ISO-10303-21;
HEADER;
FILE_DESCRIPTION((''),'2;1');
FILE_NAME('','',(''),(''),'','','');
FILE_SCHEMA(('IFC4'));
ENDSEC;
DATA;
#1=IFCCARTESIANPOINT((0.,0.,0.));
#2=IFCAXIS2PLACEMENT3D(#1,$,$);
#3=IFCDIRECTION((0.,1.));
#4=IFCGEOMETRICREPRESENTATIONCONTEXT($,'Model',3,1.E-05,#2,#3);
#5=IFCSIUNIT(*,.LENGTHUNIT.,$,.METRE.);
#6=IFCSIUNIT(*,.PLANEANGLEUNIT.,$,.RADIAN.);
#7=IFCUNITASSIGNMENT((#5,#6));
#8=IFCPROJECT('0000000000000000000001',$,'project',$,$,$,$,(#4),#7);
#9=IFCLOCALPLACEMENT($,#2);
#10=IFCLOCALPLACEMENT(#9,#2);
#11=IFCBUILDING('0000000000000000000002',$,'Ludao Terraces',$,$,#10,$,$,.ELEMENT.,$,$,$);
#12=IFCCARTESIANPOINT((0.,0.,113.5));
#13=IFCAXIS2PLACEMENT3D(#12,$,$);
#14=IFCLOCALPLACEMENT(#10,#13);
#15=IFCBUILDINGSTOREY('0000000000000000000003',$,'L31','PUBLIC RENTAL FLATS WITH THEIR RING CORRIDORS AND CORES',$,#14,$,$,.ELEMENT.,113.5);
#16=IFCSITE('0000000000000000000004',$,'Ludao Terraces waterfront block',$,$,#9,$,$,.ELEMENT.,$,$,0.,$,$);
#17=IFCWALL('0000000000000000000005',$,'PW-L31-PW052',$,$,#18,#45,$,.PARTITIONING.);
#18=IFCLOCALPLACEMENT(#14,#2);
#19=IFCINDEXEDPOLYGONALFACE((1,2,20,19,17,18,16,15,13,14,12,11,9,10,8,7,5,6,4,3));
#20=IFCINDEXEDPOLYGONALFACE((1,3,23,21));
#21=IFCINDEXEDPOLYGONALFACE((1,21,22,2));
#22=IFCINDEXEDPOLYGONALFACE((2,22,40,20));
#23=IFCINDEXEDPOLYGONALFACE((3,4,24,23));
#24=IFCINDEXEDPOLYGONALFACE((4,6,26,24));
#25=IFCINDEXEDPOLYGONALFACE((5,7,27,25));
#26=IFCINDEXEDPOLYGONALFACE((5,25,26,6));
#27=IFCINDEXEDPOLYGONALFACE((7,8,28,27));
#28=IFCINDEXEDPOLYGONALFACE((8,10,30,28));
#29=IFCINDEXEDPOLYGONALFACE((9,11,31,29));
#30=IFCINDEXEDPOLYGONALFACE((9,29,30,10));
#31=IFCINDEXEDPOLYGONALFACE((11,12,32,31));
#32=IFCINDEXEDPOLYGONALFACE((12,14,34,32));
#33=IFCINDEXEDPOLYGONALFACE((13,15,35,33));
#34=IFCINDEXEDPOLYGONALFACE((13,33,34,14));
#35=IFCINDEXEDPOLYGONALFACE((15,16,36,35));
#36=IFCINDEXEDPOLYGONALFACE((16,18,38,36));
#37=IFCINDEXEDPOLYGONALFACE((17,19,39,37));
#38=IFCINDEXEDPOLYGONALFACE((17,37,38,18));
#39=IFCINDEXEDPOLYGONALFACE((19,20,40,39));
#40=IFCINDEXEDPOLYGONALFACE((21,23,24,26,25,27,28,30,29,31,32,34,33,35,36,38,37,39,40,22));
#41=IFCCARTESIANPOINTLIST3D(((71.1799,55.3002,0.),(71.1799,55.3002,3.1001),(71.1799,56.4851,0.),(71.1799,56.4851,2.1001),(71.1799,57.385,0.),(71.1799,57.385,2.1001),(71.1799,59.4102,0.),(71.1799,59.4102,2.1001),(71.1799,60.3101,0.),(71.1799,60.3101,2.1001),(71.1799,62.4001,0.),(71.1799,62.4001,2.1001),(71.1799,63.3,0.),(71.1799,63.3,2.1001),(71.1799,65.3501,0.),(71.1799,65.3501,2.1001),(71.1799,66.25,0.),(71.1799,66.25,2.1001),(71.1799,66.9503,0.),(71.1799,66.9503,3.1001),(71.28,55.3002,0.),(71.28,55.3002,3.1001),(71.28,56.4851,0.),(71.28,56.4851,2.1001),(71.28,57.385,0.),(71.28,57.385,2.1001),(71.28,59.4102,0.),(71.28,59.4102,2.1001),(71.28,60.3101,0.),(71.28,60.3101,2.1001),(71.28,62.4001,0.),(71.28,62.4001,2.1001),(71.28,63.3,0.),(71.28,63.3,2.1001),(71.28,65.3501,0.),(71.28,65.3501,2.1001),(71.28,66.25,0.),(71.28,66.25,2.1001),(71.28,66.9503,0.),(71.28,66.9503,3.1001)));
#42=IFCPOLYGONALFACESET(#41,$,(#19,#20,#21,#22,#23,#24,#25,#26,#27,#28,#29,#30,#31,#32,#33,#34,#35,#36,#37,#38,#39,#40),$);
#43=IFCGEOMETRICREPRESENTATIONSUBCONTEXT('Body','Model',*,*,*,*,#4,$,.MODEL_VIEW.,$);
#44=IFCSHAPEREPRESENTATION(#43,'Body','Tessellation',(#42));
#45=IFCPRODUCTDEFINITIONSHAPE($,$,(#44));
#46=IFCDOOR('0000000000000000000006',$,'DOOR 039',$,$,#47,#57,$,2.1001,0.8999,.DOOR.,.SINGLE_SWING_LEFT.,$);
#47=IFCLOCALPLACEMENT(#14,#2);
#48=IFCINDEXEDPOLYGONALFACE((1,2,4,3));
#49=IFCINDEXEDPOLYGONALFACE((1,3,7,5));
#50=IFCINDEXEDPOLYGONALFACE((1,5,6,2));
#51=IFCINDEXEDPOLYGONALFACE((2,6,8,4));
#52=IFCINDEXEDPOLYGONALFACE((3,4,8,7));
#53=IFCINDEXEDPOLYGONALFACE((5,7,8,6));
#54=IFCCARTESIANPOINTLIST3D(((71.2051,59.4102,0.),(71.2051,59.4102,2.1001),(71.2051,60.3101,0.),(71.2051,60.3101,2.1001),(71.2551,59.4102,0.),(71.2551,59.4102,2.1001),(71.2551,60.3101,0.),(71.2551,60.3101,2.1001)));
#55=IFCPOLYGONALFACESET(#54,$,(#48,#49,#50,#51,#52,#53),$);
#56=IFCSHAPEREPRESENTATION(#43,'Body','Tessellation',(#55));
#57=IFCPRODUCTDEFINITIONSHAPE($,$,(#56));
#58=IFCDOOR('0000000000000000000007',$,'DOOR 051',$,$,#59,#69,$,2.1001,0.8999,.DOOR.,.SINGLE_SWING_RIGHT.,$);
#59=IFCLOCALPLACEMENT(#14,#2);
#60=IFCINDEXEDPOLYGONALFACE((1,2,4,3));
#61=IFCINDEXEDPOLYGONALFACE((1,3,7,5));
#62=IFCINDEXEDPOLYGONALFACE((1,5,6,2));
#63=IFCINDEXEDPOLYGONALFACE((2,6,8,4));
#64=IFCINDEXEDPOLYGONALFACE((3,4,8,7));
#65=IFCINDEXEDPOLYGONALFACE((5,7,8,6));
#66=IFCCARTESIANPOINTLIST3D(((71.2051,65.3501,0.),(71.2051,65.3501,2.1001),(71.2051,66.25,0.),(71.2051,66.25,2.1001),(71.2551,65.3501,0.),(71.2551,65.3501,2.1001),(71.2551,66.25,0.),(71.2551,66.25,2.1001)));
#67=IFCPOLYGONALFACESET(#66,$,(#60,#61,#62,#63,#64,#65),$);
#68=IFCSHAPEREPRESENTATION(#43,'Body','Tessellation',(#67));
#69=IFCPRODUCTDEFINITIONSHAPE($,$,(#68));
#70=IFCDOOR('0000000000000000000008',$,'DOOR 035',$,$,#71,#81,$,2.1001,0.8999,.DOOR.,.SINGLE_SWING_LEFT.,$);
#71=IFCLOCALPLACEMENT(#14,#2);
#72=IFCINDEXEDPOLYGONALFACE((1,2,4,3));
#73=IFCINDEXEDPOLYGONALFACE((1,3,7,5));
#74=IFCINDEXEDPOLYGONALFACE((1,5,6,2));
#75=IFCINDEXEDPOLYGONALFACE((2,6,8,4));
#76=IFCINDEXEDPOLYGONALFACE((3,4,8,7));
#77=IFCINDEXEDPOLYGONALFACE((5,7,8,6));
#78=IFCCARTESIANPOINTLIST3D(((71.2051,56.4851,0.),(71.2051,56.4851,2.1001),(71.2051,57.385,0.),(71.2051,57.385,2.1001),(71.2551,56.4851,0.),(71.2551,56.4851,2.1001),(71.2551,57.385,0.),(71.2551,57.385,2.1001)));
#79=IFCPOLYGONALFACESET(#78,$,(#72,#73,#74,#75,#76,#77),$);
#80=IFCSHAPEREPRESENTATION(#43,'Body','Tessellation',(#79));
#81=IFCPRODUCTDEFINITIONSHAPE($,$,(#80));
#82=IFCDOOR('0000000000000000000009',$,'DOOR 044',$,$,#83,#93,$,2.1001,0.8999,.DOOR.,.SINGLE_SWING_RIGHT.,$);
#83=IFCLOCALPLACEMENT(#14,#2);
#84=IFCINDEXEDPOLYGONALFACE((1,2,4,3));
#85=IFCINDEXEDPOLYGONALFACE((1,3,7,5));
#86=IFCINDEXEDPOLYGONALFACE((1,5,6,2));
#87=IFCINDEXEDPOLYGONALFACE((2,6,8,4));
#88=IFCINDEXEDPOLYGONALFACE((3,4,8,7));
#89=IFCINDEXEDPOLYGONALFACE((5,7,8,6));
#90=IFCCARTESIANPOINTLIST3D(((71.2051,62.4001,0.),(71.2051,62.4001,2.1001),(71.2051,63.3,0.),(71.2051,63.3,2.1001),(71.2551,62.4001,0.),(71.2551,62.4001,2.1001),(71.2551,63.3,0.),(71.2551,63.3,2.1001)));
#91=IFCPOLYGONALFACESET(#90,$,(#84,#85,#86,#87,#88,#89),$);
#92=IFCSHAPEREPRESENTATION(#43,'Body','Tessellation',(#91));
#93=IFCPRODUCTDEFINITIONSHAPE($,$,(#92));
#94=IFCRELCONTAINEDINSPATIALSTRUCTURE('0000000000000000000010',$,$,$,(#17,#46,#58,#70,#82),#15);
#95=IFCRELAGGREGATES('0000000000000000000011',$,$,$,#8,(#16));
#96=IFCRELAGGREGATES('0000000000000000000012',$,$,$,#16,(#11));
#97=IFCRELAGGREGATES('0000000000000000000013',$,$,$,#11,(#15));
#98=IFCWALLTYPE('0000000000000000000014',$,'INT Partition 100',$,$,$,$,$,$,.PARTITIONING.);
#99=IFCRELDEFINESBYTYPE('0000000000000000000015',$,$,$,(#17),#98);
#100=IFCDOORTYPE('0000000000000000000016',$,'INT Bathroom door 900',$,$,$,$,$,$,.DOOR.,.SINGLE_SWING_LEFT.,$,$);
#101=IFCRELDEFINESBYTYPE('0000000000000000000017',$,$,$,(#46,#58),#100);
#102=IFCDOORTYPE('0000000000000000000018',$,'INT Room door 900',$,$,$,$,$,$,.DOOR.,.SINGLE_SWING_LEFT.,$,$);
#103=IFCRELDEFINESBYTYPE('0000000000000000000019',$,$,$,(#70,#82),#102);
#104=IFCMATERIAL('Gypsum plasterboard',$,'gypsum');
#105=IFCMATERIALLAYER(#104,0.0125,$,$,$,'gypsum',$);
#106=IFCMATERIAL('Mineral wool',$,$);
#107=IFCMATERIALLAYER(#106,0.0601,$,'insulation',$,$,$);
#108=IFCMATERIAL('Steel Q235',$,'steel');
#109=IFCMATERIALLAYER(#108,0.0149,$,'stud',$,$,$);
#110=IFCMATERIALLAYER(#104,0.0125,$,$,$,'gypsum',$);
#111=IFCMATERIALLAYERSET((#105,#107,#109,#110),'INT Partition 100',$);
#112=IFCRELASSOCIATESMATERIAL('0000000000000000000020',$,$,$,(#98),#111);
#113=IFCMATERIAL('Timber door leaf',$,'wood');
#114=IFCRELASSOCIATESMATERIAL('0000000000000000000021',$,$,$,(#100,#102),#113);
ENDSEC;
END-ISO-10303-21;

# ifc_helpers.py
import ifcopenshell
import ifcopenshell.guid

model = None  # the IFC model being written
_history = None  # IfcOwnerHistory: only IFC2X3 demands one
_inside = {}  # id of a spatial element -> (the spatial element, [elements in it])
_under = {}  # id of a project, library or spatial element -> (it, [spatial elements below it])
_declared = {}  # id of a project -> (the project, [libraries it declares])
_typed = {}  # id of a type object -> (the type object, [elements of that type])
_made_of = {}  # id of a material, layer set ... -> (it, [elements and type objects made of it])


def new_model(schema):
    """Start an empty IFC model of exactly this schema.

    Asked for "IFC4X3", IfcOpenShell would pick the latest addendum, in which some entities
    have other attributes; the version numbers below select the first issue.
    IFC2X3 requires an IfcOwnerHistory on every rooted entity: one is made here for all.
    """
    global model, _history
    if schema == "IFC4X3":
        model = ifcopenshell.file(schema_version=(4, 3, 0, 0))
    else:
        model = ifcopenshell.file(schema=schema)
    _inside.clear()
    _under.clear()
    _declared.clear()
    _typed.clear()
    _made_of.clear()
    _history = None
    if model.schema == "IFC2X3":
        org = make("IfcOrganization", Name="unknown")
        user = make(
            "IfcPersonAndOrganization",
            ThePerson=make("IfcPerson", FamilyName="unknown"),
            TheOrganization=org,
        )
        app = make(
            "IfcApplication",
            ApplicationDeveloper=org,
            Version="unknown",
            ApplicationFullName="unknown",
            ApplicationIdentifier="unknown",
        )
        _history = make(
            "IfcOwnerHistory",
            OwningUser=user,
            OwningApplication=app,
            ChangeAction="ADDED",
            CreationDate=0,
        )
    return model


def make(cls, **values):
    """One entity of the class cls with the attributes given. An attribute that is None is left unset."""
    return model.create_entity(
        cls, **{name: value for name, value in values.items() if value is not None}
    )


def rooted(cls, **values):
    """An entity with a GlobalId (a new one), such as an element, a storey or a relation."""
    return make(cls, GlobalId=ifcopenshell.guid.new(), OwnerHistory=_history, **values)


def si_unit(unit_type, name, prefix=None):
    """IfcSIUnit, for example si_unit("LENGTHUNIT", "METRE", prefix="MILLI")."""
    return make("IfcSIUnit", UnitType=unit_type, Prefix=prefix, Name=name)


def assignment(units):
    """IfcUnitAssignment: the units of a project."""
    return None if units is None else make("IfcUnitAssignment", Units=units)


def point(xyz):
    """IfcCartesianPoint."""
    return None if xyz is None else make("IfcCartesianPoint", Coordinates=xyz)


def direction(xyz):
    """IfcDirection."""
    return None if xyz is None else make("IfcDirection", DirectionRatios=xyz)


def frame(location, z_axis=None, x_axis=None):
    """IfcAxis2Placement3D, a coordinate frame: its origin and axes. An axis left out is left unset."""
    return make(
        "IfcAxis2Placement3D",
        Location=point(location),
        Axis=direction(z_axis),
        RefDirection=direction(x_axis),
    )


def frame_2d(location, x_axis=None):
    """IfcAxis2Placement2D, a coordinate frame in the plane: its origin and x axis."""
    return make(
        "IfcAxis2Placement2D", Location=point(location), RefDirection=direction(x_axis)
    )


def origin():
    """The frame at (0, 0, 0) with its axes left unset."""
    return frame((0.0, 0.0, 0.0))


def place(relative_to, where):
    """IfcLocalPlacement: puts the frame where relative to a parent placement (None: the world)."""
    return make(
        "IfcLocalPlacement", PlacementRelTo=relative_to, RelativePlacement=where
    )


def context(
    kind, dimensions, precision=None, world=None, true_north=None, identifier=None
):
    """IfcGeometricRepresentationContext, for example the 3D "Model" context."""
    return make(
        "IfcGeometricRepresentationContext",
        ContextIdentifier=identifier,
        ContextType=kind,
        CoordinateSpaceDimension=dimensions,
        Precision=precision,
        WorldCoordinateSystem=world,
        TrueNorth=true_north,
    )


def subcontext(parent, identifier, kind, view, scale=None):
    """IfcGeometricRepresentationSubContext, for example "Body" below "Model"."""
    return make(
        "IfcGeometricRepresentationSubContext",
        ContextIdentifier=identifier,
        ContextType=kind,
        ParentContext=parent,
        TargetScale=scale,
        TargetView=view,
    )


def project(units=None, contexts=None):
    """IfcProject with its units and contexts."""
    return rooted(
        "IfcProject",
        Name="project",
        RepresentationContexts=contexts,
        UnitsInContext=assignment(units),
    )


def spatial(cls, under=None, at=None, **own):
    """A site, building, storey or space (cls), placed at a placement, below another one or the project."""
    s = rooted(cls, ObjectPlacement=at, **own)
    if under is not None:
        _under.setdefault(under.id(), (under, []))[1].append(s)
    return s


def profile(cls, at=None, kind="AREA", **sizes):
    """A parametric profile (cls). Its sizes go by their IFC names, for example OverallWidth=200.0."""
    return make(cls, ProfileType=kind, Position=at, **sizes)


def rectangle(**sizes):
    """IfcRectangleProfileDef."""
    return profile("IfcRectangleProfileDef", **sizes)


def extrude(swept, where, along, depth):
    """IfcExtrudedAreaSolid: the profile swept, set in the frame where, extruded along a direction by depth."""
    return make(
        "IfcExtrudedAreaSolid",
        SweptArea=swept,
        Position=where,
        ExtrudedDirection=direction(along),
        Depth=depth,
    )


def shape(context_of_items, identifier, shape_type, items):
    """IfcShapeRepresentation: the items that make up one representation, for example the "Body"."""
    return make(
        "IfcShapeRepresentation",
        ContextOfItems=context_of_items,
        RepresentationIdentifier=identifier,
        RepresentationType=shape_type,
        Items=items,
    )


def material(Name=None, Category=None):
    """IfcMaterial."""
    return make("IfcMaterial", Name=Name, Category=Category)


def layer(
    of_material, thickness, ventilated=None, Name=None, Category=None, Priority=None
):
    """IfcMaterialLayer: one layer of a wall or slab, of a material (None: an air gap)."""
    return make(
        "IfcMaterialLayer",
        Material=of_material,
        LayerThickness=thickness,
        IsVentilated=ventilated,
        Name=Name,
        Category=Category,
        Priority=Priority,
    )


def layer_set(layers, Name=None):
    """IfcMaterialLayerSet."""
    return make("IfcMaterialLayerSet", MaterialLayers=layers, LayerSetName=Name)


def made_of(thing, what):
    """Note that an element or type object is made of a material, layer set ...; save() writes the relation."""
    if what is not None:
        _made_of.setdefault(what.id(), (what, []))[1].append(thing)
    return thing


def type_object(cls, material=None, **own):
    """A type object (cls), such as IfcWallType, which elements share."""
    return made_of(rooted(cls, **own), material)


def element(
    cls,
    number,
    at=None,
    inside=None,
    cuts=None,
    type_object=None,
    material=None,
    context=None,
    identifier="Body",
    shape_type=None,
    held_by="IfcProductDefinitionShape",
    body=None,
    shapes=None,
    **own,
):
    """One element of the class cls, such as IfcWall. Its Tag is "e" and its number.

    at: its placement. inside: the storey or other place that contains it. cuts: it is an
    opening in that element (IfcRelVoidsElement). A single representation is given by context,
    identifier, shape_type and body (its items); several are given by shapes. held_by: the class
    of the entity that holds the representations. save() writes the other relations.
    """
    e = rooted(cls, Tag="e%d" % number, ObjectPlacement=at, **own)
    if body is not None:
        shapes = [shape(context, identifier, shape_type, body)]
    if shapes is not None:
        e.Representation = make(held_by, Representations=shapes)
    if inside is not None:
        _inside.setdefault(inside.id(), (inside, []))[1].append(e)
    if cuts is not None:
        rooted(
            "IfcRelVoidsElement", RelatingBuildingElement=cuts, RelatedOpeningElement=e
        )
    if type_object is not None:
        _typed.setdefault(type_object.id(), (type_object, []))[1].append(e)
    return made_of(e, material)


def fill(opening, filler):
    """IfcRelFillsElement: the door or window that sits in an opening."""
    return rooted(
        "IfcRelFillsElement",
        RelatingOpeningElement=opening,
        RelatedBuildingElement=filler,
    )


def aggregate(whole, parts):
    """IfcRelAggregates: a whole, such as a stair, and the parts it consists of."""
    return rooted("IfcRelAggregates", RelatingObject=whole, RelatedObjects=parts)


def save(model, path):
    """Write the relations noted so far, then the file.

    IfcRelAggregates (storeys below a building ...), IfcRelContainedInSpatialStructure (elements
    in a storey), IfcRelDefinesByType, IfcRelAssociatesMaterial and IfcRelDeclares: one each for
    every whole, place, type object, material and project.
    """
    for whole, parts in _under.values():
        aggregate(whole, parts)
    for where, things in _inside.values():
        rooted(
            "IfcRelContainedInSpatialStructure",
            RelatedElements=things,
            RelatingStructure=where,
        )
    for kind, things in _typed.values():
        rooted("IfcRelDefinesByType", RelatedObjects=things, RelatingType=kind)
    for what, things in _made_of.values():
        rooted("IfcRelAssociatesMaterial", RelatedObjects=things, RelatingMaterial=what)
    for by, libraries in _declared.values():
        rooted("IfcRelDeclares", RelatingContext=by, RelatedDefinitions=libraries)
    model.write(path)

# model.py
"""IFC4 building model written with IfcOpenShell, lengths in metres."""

from ifc_helpers import new_model, si_unit, direction, frame, frame_2d, origin, place, context, subcontext, project, spatial, rectangle, extrude, material, layer, layer_set, type_object, element, fill, save


model = new_model("IFC4")

# Units and contexts
model_context = context("Model", 3, precision=1e-05, world=origin(), true_north=direction((0.0, 1.0)))
body_context = subcontext(model_context, "Body", "Model", "MODEL_VIEW")
ifc_project = project(units=[si_unit("LENGTHUNIT", "METRE"), si_unit("PLANEANGLEUNIT", "RADIAN")], contexts=[model_context])

# Site, building, storey
site_placement = place(None, origin())
site = spatial("IfcSite", under=ifc_project, at=site_placement, Name="Ludao Terraces waterfront block", CompositionType="ELEMENT", RefElevation=0.0)
building_placement = place(site_placement, origin())
building = spatial("IfcBuilding", under=site, at=building_placement, Name="Ludao Terraces", CompositionType="ELEMENT")
storey_placement = place(building_placement, frame((0.0, 0.0, 113.5)))
storey = spatial("IfcBuildingStorey", under=building, at=storey_placement, Name="L31", Description="PUBLIC RENTAL FLATS WITH THEIR RING CORRIDORS AND CORES", CompositionType="ELEMENT", Elevation=113.5)

# Shared definitions
ifc_material_1 = material(Name="Steel Q235", Category="steel")
ifc_material_2 = material(Name="Gypsum plasterboard", Category="gypsum")
ifc_layer_1 = layer(ifc_material_2, 0.0125, Category="gypsum")
ifc_material_3 = material(Name="Mineral wool")
ifc_layer_2 = layer(ifc_material_3, 0.0601, Name="insulation")
ifc_layer_3 = layer(ifc_material_1, 0.0149, Name="stud")
ifc_layer_4 = layer(ifc_material_2, 0.0125, Category="gypsum")
ifc_layer_set_1 = layer_set([ifc_layer_1, ifc_layer_2, ifc_layer_3, ifc_layer_4], Name="INT Partition 100")
wall_type_1 = type_object("IfcWallType", Name="INT Partition 100", PredefinedType="PARTITIONING", material=ifc_layer_set_1)
ifc_material_4 = material(Name="Timber door leaf", Category="wood")
door_type_1 = type_object("IfcDoorType", Name="INT Bathroom door 900", OperationType="SINGLE_SWING_LEFT", PredefinedType="DOOR", material=ifc_material_4)
door_type_2 = type_object("IfcDoorType", Name="INT Room door 900", OperationType="SINGLE_SWING_LEFT", PredefinedType="DOOR", material=ifc_material_4)

# Wall, openings, doors
wall_1_placement = place(storey_placement, frame((71.23, 55.3, 0.0), z_axis=(0.0, 0.0, 1.0), x_axis=(0.0, 1.0, 0.0)))
wall_1 = element("IfcWall", 1, at=wall_1_placement, inside=storey, type_object=wall_type_1, Name="PW-L31-PW052", PredefinedType="PARTITIONING", context=body_context, shape_type="SweptSolid", body=[
    extrude(rectangle(XDim=11.6501, YDim=0.1001, at=frame_2d((5.8252, 0.0))), origin(), (0.0, 0.0, 1.0), 3.1001),
])
opening_1_placement = place(wall_1_placement, frame((1.1851, 0.0, 0.0)))
opening_1 = element("IfcOpeningElement", 2, at=opening_1_placement, cuts=wall_1, PredefinedType="OPENING", context=body_context, shape_type="SweptSolid", body=[
    extrude(rectangle(XDim=0.8999, YDim=2.1001, at=frame_2d((0.45, 1.05))), frame((0.0, 0.0601, 0.0), z_axis=(0.0, -1.0, 0.0), x_axis=(1.0, 0.0, 0.0)), (0.0, 0.0, 1.0), 0.1201),
])
opening_2_placement = place(wall_1_placement, frame((4.1101, 0.0, 0.0)))
opening_2 = element("IfcOpeningElement", 3, at=opening_2_placement, cuts=wall_1, PredefinedType="OPENING", context=body_context, shape_type="SweptSolid", body=[
    extrude(rectangle(XDim=0.8999, YDim=2.1001, at=frame_2d((0.45, 1.05))), frame((0.0, 0.0601, 0.0), z_axis=(0.0, -1.0, 0.0), x_axis=(1.0, 0.0, 0.0)), (0.0, 0.0, 1.0), 0.1201),
])
opening_3_placement = place(wall_1_placement, frame((7.1001, 0.0, 0.0)))
opening_3 = element("IfcOpeningElement", 4, at=opening_3_placement, cuts=wall_1, PredefinedType="OPENING", context=body_context, shape_type="SweptSolid", body=[
    extrude(rectangle(XDim=0.8999, YDim=2.1001, at=frame_2d((0.45, 1.05))), frame((0.0, 0.0601, 0.0), z_axis=(0.0, -1.0, 0.0), x_axis=(1.0, 0.0, 0.0)), (0.0, 0.0, 1.0), 0.1201),
])
opening_4_placement = place(wall_1_placement, frame((10.05, 0.0, 0.0)))
opening_4 = element("IfcOpeningElement", 5, at=opening_4_placement, cuts=wall_1, PredefinedType="OPENING", context=body_context, shape_type="SweptSolid", body=[
    extrude(rectangle(XDim=0.8999, YDim=2.1001, at=frame_2d((0.45, 1.05))), frame((0.0, 0.0601, 0.0), z_axis=(0.0, -1.0, 0.0), x_axis=(1.0, 0.0, 0.0)), (0.0, 0.0, 1.0), 0.1201),
])
door_1_placement = place(opening_2_placement, origin())
door_1 = element("IfcDoor", 6, at=door_1_placement, inside=storey, type_object=door_type_1, Name="DOOR 039", OperationType="SINGLE_SWING_LEFT", OverallHeight=2.1001, OverallWidth=0.8999, PredefinedType="DOOR", context=body_context, shape_type="SweptSolid", body=[
    extrude(rectangle(XDim=0.8999, YDim=2.1001, at=frame_2d((0.45, 1.05))), frame((0.0, 0.0249, 0.0), z_axis=(0.0, -1.0, 0.0), x_axis=(1.0, 0.0, 0.0)), (0.0, 0.0, 1.0), 0.05),
])
fill(opening_2, door_1)
door_2_placement = place(opening_4_placement, origin())
door_2 = element("IfcDoor", 7, at=door_2_placement, inside=storey, type_object=door_type_1, Name="DOOR 051", OperationType="SINGLE_SWING_RIGHT", OverallHeight=2.1001, OverallWidth=0.8999, PredefinedType="DOOR", context=body_context, shape_type="SweptSolid", body=[
    extrude(rectangle(XDim=0.8999, YDim=2.1001, at=frame_2d((0.45, 1.05))), frame((0.0, 0.0249, 0.0), z_axis=(0.0, -1.0, 0.0), x_axis=(1.0, 0.0, 0.0)), (0.0, 0.0, 1.0), 0.05),
])
fill(opening_4, door_2)
door_3_placement = place(opening_1_placement, origin())
door_3 = element("IfcDoor", 8, at=door_3_placement, inside=storey, type_object=door_type_2, Name="DOOR 035", OperationType="SINGLE_SWING_LEFT", OverallHeight=2.1001, OverallWidth=0.8999, PredefinedType="DOOR", context=body_context, shape_type="SweptSolid", body=[
    extrude(rectangle(XDim=0.8999, YDim=2.1001, at=frame_2d((0.45, 1.05))), frame((0.0, 0.0249, 0.0), z_axis=(0.0, -1.0, 0.0), x_axis=(1.0, 0.0, 0.0)), (0.0, 0.0, 1.0), 0.05),
])
fill(opening_1, door_3)
door_4_placement = place(opening_3_placement, origin())
door_4 = element("IfcDoor", 9, at=door_4_placement, inside=storey, type_object=door_type_2, Name="DOOR 044", OperationType="SINGLE_SWING_RIGHT", OverallHeight=2.1001, OverallWidth=0.8999, PredefinedType="DOOR", context=body_context, shape_type="SweptSolid", body=[
    extrude(rectangle(XDim=0.8999, YDim=2.1001, at=frame_2d((0.45, 1.05))), frame((0.0, 0.0249, 0.0), z_axis=(0.0, -1.0, 0.0), x_axis=(1.0, 0.0, 0.0)), (0.0, 0.0, 1.0), 0.05),
])
fill(opening_3, door_4)

save(model, "model.ifc")
